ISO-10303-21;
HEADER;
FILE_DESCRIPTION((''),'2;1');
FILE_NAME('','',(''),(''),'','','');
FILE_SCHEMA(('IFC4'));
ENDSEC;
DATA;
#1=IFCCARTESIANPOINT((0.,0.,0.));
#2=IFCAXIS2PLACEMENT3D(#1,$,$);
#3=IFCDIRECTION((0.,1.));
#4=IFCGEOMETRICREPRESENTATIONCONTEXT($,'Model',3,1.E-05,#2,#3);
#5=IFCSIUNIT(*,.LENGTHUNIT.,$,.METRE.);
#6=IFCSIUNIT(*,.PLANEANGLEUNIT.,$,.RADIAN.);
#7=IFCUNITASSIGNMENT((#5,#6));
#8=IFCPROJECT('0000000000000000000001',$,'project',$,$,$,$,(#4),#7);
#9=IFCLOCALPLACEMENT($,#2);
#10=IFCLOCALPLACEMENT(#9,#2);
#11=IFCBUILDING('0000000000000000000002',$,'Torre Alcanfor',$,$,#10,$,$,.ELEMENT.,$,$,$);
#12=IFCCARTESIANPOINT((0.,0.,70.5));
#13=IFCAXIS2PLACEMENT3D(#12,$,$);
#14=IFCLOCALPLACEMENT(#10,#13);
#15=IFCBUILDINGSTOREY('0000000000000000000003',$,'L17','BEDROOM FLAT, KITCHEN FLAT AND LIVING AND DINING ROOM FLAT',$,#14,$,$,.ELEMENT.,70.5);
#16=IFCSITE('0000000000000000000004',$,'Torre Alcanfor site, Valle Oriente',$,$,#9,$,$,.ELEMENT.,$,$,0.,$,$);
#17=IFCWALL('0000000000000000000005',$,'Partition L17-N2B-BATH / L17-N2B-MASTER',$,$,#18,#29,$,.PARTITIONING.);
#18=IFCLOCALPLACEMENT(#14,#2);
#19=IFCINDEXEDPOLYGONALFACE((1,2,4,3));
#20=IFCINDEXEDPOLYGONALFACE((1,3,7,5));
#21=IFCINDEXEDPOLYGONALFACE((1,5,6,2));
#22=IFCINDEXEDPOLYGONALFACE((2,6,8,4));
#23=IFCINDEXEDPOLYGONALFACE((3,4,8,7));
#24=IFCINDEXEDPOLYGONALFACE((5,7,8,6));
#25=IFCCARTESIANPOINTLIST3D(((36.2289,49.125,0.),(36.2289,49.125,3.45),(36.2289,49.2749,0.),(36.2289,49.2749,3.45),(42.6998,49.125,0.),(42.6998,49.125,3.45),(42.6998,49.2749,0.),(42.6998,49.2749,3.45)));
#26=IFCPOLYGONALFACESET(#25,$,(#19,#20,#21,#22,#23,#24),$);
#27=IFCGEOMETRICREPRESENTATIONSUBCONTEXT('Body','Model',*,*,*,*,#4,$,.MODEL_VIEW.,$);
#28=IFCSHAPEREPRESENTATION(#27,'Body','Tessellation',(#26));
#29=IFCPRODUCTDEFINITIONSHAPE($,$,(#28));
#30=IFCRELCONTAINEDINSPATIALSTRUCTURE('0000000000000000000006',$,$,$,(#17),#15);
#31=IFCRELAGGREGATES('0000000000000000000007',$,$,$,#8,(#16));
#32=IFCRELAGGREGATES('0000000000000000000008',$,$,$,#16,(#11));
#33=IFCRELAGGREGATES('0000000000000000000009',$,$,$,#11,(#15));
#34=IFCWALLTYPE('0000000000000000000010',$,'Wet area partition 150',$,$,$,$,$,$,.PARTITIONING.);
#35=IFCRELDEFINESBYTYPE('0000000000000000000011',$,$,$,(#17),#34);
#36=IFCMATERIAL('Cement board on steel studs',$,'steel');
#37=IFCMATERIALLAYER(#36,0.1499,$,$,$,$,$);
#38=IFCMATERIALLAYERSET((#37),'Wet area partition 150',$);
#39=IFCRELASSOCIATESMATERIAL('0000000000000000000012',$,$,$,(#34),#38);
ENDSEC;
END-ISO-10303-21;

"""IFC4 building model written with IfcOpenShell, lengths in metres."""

from ifc_helpers import new_model, si_unit, direction, frame, frame_2d, origin, place, context, subcontext, project, spatial, rectangle, extrude, material, layer, layer_set, type_object, element, save


model = new_model("IFC4")

# Units and contexts
model_context = context("Model", 3, precision=1e-05, world=origin(), true_north=direction((0.0, 1.0)))
body_context = subcontext(model_context, "Body", "Model", "MODEL_VIEW")
ifc_project = project(units=[si_unit("LENGTHUNIT", "METRE"), si_unit("PLANEANGLEUNIT", "RADIAN")], contexts=[model_context])

# Site, building, storey
site_placement = place(None, origin())
site = spatial("IfcSite", under=ifc_project, at=site_placement, Name="Torre Alcanfor site, Valle Oriente", CompositionType="ELEMENT", RefElevation=0.0)
building_placement = place(site_placement, origin())
building = spatial("IfcBuilding", under=site, at=building_placement, Name="Torre Alcanfor", CompositionType="ELEMENT")
storey_placement = place(building_placement, frame((0.0, 0.0, 70.5)))
storey = spatial("IfcBuildingStorey", under=building, at=storey_placement, Name="L17", Description="BEDROOM FLAT, KITCHEN FLAT AND LIVING AND DINING ROOM FLAT", CompositionType="ELEMENT", Elevation=70.5)

# Shared definitions
ifc_material_1 = material(Name="Cement board on steel studs", Category="steel")
ifc_layer_1 = layer(ifc_material_1, 0.1499)
ifc_layer_set_1 = layer_set([ifc_layer_1], Name="Wet area partition 150")
wall_type_1 = type_object("IfcWallType", Name="Wet area partition 150", PredefinedType="PARTITIONING", material=ifc_layer_set_1)

# Wall
for number, where, z_axis, x_axis, name in (
    (1, (36.229, 49.2, 0.0), (0.0, 0.0, 1.0), (1.0, 0.0, 0.0), "Partition L17-N2B-BATH / L17-N2B-MASTER"),
):
    element("IfcWall", number, at=place(storey_placement, frame(where, z_axis=z_axis, x_axis=x_axis)), inside=storey, type_object=wall_type_1, Name=name, PredefinedType="PARTITIONING", context=body_context, shape_type="SweptSolid", body=[
        extrude(rectangle(XDim=6.4709, YDim=0.1499, at=frame_2d((3.2354, 0.0))), origin(), (0.0, 0.0, 1.0), 3.45),
    ])

save(model, "model.ifc")
